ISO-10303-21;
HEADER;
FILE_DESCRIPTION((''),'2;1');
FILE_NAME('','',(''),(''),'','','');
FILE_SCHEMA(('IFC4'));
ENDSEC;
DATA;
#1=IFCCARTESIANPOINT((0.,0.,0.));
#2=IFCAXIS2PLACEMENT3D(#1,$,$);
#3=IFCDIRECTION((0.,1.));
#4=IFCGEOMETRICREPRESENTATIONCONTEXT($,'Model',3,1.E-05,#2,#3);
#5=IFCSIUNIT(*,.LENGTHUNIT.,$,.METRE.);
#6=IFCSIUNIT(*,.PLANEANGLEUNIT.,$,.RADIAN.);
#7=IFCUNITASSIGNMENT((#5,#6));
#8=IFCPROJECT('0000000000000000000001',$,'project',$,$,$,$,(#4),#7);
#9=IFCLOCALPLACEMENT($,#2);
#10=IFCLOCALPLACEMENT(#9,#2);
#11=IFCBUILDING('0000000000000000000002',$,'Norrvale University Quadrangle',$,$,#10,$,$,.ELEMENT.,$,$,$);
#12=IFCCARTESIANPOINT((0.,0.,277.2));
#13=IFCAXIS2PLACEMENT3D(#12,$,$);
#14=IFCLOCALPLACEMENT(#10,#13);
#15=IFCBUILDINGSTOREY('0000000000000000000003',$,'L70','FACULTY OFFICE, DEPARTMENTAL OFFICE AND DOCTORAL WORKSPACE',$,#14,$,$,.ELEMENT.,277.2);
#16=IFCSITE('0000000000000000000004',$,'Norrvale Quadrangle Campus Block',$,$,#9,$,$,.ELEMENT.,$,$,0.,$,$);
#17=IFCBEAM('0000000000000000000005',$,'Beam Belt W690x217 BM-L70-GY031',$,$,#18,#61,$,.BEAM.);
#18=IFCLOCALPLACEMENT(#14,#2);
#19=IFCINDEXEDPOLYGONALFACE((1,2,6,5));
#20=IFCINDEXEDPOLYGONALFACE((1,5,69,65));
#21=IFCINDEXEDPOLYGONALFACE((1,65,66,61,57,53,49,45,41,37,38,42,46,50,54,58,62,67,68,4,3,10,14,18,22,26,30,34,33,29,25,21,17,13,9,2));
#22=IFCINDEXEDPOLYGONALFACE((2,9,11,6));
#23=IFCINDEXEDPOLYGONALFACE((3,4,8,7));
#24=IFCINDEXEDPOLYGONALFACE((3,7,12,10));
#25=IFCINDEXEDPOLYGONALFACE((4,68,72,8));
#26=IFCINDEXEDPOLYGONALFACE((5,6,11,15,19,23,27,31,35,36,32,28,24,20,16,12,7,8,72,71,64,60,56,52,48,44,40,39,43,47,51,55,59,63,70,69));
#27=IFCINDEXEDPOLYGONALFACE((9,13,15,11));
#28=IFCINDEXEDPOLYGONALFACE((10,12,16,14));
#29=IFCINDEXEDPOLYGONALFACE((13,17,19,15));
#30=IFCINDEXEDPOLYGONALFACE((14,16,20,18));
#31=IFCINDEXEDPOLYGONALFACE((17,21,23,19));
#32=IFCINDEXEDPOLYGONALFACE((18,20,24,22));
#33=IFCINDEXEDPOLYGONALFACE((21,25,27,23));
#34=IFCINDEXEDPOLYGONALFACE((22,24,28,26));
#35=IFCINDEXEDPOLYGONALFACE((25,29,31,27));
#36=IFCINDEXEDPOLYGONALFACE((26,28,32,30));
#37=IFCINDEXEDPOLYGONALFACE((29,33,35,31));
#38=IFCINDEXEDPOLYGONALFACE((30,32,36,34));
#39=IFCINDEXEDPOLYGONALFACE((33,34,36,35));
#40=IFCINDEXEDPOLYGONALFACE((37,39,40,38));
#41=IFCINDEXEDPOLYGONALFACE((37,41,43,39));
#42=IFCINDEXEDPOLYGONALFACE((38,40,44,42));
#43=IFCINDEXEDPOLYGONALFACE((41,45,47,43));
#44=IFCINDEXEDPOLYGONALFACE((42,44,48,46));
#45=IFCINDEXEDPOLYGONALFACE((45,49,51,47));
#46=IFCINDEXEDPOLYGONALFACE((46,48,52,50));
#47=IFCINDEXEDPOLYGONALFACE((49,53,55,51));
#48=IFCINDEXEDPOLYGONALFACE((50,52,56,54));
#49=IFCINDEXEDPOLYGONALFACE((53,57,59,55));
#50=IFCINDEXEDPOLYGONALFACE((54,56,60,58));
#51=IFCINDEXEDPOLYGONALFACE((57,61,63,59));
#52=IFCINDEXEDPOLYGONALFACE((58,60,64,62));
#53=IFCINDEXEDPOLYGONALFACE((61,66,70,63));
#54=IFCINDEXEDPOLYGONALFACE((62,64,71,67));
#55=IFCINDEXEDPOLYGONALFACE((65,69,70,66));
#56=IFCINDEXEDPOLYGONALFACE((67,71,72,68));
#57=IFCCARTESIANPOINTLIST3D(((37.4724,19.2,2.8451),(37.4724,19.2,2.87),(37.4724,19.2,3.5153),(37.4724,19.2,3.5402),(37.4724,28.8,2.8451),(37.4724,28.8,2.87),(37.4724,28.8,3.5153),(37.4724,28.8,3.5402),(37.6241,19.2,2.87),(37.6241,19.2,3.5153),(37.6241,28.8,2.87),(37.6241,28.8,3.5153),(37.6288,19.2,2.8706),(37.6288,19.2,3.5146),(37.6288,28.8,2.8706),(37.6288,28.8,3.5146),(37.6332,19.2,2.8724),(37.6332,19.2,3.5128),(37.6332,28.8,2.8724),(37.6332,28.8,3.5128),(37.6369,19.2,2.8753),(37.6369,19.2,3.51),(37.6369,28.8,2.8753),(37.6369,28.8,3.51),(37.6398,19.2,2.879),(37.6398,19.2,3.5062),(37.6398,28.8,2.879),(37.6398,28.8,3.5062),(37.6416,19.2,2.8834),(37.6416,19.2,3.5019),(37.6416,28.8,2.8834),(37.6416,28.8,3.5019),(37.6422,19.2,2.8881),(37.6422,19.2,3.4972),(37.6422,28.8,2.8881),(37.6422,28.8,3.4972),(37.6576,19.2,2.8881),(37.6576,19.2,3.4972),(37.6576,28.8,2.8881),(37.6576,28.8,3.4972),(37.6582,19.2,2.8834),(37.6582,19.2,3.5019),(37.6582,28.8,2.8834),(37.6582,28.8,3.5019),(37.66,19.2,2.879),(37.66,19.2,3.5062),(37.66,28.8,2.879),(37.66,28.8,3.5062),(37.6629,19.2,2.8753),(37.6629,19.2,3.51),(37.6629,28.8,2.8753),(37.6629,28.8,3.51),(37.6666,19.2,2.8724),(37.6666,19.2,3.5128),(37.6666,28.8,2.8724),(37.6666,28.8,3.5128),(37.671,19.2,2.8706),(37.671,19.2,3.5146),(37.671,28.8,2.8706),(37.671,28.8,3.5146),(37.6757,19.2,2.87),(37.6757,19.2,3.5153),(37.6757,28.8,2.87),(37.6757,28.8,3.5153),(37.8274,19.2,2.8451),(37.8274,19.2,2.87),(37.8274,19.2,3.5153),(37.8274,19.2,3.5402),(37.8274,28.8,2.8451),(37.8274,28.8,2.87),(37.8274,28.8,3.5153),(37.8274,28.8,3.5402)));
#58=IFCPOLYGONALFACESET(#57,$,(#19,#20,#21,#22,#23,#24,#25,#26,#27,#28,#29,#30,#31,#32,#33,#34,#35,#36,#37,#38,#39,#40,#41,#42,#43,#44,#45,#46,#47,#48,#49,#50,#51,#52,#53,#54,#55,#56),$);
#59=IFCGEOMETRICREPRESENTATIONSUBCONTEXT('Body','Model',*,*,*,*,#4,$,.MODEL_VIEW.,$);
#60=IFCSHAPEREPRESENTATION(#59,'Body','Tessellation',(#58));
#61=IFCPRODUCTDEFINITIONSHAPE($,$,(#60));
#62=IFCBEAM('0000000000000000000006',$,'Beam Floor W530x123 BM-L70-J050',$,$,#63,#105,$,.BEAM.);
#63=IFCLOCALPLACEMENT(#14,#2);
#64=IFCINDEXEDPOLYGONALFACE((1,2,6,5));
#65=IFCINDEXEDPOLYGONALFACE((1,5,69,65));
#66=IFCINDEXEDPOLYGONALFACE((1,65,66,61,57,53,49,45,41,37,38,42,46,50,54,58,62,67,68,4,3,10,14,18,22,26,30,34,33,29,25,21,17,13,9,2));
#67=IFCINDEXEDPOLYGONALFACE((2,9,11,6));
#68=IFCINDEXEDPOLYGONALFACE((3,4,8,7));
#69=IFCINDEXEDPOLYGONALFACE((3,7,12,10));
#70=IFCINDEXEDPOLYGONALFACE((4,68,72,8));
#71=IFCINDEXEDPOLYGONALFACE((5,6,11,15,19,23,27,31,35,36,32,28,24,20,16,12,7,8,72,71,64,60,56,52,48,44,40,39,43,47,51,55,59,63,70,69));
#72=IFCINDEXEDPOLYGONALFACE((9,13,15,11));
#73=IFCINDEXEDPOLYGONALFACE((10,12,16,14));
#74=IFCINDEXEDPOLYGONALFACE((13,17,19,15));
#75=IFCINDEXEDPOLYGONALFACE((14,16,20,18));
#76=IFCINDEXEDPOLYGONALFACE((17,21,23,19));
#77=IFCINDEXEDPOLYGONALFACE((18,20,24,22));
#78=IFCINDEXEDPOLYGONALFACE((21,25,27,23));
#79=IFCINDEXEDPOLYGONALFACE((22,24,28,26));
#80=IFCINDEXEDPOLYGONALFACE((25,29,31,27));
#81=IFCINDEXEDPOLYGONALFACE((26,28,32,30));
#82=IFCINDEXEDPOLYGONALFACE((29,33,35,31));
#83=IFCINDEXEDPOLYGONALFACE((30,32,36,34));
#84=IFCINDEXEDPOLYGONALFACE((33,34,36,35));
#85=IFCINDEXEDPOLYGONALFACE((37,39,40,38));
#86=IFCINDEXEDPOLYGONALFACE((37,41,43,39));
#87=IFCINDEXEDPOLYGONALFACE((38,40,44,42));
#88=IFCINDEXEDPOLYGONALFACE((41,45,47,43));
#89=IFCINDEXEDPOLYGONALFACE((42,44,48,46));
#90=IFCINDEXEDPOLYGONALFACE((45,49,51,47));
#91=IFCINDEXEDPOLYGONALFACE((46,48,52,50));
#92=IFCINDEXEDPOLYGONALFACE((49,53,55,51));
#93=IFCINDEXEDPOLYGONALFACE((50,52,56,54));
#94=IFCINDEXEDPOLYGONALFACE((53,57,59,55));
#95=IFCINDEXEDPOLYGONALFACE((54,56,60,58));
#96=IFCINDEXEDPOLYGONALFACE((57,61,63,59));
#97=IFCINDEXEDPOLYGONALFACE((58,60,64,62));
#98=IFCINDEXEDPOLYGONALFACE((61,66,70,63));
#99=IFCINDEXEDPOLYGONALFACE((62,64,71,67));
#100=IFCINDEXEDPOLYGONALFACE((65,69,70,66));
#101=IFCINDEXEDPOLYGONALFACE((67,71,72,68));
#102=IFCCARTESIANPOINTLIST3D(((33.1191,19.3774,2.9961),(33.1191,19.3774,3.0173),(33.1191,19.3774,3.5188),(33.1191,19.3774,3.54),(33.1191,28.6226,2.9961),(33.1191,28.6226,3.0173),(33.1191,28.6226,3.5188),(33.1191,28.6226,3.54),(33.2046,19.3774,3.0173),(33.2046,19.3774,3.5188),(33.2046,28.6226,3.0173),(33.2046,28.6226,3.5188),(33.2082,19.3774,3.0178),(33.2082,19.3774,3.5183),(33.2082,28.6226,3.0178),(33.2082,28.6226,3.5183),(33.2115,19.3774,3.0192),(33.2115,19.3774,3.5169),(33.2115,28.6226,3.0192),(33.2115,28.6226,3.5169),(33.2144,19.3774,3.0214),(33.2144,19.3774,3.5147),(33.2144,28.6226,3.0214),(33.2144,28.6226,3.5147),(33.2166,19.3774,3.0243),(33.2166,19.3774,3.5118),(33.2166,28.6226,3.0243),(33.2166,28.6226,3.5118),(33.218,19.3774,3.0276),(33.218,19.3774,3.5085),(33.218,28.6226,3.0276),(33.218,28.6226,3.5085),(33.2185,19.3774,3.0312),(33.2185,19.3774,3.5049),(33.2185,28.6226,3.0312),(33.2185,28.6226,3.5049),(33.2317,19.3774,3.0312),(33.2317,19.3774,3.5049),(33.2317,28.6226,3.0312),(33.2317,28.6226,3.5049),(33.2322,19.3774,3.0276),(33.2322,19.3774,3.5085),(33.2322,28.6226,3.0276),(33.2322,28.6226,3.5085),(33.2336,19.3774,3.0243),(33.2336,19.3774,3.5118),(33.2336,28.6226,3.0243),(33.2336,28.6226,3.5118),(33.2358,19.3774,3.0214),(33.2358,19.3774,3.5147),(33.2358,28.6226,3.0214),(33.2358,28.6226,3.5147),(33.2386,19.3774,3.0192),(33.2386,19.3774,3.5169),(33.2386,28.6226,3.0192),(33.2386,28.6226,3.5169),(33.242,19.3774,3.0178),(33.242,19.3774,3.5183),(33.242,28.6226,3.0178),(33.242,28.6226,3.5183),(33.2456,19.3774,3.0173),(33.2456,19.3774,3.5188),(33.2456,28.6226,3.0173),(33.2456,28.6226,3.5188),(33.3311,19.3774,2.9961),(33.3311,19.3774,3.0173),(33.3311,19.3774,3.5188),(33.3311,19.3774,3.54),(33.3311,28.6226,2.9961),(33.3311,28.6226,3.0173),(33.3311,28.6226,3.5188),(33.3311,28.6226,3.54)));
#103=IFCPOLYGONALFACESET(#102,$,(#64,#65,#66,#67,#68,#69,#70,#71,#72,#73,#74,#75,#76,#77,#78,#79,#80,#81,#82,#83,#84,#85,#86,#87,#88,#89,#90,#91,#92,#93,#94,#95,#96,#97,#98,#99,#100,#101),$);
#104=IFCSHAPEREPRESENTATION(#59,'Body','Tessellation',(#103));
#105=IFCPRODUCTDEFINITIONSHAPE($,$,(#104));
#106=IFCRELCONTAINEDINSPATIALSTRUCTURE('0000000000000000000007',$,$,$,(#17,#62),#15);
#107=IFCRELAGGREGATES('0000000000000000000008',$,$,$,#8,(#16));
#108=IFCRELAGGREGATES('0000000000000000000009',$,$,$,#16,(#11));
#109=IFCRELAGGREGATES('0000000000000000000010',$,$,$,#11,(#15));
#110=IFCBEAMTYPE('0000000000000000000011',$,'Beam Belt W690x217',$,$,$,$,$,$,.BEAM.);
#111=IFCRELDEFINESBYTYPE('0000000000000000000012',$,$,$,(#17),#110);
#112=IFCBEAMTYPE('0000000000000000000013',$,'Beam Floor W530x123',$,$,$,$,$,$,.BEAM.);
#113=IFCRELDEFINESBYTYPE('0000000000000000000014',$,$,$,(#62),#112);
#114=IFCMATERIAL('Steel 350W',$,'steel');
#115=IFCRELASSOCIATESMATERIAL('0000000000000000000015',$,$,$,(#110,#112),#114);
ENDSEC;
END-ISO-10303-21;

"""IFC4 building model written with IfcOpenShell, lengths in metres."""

from ifc_helpers import new_model, si_unit, direction, frame, origin, origin_2d, place, context, subcontext, project, spatial, i_section, extrude, material, material_profile, profile_set, type_object, element, save


model = new_model("IFC4")

# Units and contexts
model_context = context("Model", 3, precision=1e-05, world=origin(), true_north=direction((0.0, 1.0)))
body_context = subcontext(model_context, "Body", "Model", "MODEL_VIEW")
ifc_project = project(units=[si_unit("LENGTHUNIT", "METRE"), si_unit("PLANEANGLEUNIT", "RADIAN")], contexts=[model_context])

# Site, building, storey
site_placement = place(None, origin())
site = spatial("IfcSite", under=ifc_project, at=site_placement, Name="Norrvale Quadrangle Campus Block", CompositionType="ELEMENT", RefElevation=0.0)
building_placement = place(site_placement, origin())
building = spatial("IfcBuilding", under=site, at=building_placement, Name="Norrvale University Quadrangle", CompositionType="ELEMENT")
storey_placement = place(building_placement, frame((0.0, 0.0, 277.2)))
storey = spatial("IfcBuildingStorey", under=building, at=storey_placement, Name="L70", Description="FACULTY OFFICE, DEPARTMENTAL OFFICE AND DOCTORAL WORKSPACE", CompositionType="ELEMENT", Elevation=277.2)

# Beams
ifc_material_1 = material(Name="Steel 350W", Category="steel")
ifc_material_profile_1 = material_profile(ifc_material_1, i_section(OverallWidth=0.355, OverallDepth=0.6951, WebThickness=0.0154, FlangeThickness=0.0249, FilletRadius=0.0181, at=origin_2d()), Name="Steel 350W")
ifc_profile_set_1 = profile_set([ifc_material_profile_1], Name="Steel 350W")
beam_type_1 = type_object("IfcBeamType", Name="Beam Belt W690x217", PredefinedType="BEAM", material=ifc_profile_set_1)
beam_1_placement = place(storey_placement, frame((37.6499, 19.2, 3.1926), z_axis=(0.0, 1.0, 0.0), x_axis=(-1.0, 0.0, 0.0)))
element("IfcBeam", 1, at=beam_1_placement, inside=storey, type_object=beam_type_1, Name="Beam Belt W690x217 BM-L70-GY031", PredefinedType="BEAM", context=body_context, shape_type="SweptSolid", body=[
    extrude(i_section(OverallWidth=0.355, OverallDepth=0.6951, WebThickness=0.0154, FlangeThickness=0.0249, FilletRadius=0.0181, at=origin_2d()), origin(), (0.0, 0.0, 1.0), 9.6001),
])
ifc_material_profile_2 = material_profile(ifc_material_1, i_section(OverallWidth=0.2119, OverallDepth=0.5439, WebThickness=0.0132, FlangeThickness=0.0212, FilletRadius=0.0139, at=origin_2d()), Name="Steel 350W")
ifc_profile_set_2 = profile_set([ifc_material_profile_2], Name="Steel 350W")
beam_type_2 = type_object("IfcBeamType", Name="Beam Floor W530x123", PredefinedType="BEAM", material=ifc_profile_set_2)
beam_2_placement = place(storey_placement, frame((33.2251, 19.3774, 3.2681), z_axis=(0.0, 1.0, 0.0), x_axis=(-1.0, 0.0, 0.0)))
element("IfcBeam", 2, at=beam_2_placement, inside=storey, type_object=beam_type_2, Name="Beam Floor W530x123 BM-L70-J050", PredefinedType="BEAM", context=body_context, shape_type="SweptSolid", body=[
    extrude(i_section(OverallWidth=0.2119, OverallDepth=0.5439, WebThickness=0.0132, FlangeThickness=0.0212, FilletRadius=0.0139, at=origin_2d()), origin(), (0.0, 0.0, 1.0), 9.2451),
])

save(model, "model.ifc")
